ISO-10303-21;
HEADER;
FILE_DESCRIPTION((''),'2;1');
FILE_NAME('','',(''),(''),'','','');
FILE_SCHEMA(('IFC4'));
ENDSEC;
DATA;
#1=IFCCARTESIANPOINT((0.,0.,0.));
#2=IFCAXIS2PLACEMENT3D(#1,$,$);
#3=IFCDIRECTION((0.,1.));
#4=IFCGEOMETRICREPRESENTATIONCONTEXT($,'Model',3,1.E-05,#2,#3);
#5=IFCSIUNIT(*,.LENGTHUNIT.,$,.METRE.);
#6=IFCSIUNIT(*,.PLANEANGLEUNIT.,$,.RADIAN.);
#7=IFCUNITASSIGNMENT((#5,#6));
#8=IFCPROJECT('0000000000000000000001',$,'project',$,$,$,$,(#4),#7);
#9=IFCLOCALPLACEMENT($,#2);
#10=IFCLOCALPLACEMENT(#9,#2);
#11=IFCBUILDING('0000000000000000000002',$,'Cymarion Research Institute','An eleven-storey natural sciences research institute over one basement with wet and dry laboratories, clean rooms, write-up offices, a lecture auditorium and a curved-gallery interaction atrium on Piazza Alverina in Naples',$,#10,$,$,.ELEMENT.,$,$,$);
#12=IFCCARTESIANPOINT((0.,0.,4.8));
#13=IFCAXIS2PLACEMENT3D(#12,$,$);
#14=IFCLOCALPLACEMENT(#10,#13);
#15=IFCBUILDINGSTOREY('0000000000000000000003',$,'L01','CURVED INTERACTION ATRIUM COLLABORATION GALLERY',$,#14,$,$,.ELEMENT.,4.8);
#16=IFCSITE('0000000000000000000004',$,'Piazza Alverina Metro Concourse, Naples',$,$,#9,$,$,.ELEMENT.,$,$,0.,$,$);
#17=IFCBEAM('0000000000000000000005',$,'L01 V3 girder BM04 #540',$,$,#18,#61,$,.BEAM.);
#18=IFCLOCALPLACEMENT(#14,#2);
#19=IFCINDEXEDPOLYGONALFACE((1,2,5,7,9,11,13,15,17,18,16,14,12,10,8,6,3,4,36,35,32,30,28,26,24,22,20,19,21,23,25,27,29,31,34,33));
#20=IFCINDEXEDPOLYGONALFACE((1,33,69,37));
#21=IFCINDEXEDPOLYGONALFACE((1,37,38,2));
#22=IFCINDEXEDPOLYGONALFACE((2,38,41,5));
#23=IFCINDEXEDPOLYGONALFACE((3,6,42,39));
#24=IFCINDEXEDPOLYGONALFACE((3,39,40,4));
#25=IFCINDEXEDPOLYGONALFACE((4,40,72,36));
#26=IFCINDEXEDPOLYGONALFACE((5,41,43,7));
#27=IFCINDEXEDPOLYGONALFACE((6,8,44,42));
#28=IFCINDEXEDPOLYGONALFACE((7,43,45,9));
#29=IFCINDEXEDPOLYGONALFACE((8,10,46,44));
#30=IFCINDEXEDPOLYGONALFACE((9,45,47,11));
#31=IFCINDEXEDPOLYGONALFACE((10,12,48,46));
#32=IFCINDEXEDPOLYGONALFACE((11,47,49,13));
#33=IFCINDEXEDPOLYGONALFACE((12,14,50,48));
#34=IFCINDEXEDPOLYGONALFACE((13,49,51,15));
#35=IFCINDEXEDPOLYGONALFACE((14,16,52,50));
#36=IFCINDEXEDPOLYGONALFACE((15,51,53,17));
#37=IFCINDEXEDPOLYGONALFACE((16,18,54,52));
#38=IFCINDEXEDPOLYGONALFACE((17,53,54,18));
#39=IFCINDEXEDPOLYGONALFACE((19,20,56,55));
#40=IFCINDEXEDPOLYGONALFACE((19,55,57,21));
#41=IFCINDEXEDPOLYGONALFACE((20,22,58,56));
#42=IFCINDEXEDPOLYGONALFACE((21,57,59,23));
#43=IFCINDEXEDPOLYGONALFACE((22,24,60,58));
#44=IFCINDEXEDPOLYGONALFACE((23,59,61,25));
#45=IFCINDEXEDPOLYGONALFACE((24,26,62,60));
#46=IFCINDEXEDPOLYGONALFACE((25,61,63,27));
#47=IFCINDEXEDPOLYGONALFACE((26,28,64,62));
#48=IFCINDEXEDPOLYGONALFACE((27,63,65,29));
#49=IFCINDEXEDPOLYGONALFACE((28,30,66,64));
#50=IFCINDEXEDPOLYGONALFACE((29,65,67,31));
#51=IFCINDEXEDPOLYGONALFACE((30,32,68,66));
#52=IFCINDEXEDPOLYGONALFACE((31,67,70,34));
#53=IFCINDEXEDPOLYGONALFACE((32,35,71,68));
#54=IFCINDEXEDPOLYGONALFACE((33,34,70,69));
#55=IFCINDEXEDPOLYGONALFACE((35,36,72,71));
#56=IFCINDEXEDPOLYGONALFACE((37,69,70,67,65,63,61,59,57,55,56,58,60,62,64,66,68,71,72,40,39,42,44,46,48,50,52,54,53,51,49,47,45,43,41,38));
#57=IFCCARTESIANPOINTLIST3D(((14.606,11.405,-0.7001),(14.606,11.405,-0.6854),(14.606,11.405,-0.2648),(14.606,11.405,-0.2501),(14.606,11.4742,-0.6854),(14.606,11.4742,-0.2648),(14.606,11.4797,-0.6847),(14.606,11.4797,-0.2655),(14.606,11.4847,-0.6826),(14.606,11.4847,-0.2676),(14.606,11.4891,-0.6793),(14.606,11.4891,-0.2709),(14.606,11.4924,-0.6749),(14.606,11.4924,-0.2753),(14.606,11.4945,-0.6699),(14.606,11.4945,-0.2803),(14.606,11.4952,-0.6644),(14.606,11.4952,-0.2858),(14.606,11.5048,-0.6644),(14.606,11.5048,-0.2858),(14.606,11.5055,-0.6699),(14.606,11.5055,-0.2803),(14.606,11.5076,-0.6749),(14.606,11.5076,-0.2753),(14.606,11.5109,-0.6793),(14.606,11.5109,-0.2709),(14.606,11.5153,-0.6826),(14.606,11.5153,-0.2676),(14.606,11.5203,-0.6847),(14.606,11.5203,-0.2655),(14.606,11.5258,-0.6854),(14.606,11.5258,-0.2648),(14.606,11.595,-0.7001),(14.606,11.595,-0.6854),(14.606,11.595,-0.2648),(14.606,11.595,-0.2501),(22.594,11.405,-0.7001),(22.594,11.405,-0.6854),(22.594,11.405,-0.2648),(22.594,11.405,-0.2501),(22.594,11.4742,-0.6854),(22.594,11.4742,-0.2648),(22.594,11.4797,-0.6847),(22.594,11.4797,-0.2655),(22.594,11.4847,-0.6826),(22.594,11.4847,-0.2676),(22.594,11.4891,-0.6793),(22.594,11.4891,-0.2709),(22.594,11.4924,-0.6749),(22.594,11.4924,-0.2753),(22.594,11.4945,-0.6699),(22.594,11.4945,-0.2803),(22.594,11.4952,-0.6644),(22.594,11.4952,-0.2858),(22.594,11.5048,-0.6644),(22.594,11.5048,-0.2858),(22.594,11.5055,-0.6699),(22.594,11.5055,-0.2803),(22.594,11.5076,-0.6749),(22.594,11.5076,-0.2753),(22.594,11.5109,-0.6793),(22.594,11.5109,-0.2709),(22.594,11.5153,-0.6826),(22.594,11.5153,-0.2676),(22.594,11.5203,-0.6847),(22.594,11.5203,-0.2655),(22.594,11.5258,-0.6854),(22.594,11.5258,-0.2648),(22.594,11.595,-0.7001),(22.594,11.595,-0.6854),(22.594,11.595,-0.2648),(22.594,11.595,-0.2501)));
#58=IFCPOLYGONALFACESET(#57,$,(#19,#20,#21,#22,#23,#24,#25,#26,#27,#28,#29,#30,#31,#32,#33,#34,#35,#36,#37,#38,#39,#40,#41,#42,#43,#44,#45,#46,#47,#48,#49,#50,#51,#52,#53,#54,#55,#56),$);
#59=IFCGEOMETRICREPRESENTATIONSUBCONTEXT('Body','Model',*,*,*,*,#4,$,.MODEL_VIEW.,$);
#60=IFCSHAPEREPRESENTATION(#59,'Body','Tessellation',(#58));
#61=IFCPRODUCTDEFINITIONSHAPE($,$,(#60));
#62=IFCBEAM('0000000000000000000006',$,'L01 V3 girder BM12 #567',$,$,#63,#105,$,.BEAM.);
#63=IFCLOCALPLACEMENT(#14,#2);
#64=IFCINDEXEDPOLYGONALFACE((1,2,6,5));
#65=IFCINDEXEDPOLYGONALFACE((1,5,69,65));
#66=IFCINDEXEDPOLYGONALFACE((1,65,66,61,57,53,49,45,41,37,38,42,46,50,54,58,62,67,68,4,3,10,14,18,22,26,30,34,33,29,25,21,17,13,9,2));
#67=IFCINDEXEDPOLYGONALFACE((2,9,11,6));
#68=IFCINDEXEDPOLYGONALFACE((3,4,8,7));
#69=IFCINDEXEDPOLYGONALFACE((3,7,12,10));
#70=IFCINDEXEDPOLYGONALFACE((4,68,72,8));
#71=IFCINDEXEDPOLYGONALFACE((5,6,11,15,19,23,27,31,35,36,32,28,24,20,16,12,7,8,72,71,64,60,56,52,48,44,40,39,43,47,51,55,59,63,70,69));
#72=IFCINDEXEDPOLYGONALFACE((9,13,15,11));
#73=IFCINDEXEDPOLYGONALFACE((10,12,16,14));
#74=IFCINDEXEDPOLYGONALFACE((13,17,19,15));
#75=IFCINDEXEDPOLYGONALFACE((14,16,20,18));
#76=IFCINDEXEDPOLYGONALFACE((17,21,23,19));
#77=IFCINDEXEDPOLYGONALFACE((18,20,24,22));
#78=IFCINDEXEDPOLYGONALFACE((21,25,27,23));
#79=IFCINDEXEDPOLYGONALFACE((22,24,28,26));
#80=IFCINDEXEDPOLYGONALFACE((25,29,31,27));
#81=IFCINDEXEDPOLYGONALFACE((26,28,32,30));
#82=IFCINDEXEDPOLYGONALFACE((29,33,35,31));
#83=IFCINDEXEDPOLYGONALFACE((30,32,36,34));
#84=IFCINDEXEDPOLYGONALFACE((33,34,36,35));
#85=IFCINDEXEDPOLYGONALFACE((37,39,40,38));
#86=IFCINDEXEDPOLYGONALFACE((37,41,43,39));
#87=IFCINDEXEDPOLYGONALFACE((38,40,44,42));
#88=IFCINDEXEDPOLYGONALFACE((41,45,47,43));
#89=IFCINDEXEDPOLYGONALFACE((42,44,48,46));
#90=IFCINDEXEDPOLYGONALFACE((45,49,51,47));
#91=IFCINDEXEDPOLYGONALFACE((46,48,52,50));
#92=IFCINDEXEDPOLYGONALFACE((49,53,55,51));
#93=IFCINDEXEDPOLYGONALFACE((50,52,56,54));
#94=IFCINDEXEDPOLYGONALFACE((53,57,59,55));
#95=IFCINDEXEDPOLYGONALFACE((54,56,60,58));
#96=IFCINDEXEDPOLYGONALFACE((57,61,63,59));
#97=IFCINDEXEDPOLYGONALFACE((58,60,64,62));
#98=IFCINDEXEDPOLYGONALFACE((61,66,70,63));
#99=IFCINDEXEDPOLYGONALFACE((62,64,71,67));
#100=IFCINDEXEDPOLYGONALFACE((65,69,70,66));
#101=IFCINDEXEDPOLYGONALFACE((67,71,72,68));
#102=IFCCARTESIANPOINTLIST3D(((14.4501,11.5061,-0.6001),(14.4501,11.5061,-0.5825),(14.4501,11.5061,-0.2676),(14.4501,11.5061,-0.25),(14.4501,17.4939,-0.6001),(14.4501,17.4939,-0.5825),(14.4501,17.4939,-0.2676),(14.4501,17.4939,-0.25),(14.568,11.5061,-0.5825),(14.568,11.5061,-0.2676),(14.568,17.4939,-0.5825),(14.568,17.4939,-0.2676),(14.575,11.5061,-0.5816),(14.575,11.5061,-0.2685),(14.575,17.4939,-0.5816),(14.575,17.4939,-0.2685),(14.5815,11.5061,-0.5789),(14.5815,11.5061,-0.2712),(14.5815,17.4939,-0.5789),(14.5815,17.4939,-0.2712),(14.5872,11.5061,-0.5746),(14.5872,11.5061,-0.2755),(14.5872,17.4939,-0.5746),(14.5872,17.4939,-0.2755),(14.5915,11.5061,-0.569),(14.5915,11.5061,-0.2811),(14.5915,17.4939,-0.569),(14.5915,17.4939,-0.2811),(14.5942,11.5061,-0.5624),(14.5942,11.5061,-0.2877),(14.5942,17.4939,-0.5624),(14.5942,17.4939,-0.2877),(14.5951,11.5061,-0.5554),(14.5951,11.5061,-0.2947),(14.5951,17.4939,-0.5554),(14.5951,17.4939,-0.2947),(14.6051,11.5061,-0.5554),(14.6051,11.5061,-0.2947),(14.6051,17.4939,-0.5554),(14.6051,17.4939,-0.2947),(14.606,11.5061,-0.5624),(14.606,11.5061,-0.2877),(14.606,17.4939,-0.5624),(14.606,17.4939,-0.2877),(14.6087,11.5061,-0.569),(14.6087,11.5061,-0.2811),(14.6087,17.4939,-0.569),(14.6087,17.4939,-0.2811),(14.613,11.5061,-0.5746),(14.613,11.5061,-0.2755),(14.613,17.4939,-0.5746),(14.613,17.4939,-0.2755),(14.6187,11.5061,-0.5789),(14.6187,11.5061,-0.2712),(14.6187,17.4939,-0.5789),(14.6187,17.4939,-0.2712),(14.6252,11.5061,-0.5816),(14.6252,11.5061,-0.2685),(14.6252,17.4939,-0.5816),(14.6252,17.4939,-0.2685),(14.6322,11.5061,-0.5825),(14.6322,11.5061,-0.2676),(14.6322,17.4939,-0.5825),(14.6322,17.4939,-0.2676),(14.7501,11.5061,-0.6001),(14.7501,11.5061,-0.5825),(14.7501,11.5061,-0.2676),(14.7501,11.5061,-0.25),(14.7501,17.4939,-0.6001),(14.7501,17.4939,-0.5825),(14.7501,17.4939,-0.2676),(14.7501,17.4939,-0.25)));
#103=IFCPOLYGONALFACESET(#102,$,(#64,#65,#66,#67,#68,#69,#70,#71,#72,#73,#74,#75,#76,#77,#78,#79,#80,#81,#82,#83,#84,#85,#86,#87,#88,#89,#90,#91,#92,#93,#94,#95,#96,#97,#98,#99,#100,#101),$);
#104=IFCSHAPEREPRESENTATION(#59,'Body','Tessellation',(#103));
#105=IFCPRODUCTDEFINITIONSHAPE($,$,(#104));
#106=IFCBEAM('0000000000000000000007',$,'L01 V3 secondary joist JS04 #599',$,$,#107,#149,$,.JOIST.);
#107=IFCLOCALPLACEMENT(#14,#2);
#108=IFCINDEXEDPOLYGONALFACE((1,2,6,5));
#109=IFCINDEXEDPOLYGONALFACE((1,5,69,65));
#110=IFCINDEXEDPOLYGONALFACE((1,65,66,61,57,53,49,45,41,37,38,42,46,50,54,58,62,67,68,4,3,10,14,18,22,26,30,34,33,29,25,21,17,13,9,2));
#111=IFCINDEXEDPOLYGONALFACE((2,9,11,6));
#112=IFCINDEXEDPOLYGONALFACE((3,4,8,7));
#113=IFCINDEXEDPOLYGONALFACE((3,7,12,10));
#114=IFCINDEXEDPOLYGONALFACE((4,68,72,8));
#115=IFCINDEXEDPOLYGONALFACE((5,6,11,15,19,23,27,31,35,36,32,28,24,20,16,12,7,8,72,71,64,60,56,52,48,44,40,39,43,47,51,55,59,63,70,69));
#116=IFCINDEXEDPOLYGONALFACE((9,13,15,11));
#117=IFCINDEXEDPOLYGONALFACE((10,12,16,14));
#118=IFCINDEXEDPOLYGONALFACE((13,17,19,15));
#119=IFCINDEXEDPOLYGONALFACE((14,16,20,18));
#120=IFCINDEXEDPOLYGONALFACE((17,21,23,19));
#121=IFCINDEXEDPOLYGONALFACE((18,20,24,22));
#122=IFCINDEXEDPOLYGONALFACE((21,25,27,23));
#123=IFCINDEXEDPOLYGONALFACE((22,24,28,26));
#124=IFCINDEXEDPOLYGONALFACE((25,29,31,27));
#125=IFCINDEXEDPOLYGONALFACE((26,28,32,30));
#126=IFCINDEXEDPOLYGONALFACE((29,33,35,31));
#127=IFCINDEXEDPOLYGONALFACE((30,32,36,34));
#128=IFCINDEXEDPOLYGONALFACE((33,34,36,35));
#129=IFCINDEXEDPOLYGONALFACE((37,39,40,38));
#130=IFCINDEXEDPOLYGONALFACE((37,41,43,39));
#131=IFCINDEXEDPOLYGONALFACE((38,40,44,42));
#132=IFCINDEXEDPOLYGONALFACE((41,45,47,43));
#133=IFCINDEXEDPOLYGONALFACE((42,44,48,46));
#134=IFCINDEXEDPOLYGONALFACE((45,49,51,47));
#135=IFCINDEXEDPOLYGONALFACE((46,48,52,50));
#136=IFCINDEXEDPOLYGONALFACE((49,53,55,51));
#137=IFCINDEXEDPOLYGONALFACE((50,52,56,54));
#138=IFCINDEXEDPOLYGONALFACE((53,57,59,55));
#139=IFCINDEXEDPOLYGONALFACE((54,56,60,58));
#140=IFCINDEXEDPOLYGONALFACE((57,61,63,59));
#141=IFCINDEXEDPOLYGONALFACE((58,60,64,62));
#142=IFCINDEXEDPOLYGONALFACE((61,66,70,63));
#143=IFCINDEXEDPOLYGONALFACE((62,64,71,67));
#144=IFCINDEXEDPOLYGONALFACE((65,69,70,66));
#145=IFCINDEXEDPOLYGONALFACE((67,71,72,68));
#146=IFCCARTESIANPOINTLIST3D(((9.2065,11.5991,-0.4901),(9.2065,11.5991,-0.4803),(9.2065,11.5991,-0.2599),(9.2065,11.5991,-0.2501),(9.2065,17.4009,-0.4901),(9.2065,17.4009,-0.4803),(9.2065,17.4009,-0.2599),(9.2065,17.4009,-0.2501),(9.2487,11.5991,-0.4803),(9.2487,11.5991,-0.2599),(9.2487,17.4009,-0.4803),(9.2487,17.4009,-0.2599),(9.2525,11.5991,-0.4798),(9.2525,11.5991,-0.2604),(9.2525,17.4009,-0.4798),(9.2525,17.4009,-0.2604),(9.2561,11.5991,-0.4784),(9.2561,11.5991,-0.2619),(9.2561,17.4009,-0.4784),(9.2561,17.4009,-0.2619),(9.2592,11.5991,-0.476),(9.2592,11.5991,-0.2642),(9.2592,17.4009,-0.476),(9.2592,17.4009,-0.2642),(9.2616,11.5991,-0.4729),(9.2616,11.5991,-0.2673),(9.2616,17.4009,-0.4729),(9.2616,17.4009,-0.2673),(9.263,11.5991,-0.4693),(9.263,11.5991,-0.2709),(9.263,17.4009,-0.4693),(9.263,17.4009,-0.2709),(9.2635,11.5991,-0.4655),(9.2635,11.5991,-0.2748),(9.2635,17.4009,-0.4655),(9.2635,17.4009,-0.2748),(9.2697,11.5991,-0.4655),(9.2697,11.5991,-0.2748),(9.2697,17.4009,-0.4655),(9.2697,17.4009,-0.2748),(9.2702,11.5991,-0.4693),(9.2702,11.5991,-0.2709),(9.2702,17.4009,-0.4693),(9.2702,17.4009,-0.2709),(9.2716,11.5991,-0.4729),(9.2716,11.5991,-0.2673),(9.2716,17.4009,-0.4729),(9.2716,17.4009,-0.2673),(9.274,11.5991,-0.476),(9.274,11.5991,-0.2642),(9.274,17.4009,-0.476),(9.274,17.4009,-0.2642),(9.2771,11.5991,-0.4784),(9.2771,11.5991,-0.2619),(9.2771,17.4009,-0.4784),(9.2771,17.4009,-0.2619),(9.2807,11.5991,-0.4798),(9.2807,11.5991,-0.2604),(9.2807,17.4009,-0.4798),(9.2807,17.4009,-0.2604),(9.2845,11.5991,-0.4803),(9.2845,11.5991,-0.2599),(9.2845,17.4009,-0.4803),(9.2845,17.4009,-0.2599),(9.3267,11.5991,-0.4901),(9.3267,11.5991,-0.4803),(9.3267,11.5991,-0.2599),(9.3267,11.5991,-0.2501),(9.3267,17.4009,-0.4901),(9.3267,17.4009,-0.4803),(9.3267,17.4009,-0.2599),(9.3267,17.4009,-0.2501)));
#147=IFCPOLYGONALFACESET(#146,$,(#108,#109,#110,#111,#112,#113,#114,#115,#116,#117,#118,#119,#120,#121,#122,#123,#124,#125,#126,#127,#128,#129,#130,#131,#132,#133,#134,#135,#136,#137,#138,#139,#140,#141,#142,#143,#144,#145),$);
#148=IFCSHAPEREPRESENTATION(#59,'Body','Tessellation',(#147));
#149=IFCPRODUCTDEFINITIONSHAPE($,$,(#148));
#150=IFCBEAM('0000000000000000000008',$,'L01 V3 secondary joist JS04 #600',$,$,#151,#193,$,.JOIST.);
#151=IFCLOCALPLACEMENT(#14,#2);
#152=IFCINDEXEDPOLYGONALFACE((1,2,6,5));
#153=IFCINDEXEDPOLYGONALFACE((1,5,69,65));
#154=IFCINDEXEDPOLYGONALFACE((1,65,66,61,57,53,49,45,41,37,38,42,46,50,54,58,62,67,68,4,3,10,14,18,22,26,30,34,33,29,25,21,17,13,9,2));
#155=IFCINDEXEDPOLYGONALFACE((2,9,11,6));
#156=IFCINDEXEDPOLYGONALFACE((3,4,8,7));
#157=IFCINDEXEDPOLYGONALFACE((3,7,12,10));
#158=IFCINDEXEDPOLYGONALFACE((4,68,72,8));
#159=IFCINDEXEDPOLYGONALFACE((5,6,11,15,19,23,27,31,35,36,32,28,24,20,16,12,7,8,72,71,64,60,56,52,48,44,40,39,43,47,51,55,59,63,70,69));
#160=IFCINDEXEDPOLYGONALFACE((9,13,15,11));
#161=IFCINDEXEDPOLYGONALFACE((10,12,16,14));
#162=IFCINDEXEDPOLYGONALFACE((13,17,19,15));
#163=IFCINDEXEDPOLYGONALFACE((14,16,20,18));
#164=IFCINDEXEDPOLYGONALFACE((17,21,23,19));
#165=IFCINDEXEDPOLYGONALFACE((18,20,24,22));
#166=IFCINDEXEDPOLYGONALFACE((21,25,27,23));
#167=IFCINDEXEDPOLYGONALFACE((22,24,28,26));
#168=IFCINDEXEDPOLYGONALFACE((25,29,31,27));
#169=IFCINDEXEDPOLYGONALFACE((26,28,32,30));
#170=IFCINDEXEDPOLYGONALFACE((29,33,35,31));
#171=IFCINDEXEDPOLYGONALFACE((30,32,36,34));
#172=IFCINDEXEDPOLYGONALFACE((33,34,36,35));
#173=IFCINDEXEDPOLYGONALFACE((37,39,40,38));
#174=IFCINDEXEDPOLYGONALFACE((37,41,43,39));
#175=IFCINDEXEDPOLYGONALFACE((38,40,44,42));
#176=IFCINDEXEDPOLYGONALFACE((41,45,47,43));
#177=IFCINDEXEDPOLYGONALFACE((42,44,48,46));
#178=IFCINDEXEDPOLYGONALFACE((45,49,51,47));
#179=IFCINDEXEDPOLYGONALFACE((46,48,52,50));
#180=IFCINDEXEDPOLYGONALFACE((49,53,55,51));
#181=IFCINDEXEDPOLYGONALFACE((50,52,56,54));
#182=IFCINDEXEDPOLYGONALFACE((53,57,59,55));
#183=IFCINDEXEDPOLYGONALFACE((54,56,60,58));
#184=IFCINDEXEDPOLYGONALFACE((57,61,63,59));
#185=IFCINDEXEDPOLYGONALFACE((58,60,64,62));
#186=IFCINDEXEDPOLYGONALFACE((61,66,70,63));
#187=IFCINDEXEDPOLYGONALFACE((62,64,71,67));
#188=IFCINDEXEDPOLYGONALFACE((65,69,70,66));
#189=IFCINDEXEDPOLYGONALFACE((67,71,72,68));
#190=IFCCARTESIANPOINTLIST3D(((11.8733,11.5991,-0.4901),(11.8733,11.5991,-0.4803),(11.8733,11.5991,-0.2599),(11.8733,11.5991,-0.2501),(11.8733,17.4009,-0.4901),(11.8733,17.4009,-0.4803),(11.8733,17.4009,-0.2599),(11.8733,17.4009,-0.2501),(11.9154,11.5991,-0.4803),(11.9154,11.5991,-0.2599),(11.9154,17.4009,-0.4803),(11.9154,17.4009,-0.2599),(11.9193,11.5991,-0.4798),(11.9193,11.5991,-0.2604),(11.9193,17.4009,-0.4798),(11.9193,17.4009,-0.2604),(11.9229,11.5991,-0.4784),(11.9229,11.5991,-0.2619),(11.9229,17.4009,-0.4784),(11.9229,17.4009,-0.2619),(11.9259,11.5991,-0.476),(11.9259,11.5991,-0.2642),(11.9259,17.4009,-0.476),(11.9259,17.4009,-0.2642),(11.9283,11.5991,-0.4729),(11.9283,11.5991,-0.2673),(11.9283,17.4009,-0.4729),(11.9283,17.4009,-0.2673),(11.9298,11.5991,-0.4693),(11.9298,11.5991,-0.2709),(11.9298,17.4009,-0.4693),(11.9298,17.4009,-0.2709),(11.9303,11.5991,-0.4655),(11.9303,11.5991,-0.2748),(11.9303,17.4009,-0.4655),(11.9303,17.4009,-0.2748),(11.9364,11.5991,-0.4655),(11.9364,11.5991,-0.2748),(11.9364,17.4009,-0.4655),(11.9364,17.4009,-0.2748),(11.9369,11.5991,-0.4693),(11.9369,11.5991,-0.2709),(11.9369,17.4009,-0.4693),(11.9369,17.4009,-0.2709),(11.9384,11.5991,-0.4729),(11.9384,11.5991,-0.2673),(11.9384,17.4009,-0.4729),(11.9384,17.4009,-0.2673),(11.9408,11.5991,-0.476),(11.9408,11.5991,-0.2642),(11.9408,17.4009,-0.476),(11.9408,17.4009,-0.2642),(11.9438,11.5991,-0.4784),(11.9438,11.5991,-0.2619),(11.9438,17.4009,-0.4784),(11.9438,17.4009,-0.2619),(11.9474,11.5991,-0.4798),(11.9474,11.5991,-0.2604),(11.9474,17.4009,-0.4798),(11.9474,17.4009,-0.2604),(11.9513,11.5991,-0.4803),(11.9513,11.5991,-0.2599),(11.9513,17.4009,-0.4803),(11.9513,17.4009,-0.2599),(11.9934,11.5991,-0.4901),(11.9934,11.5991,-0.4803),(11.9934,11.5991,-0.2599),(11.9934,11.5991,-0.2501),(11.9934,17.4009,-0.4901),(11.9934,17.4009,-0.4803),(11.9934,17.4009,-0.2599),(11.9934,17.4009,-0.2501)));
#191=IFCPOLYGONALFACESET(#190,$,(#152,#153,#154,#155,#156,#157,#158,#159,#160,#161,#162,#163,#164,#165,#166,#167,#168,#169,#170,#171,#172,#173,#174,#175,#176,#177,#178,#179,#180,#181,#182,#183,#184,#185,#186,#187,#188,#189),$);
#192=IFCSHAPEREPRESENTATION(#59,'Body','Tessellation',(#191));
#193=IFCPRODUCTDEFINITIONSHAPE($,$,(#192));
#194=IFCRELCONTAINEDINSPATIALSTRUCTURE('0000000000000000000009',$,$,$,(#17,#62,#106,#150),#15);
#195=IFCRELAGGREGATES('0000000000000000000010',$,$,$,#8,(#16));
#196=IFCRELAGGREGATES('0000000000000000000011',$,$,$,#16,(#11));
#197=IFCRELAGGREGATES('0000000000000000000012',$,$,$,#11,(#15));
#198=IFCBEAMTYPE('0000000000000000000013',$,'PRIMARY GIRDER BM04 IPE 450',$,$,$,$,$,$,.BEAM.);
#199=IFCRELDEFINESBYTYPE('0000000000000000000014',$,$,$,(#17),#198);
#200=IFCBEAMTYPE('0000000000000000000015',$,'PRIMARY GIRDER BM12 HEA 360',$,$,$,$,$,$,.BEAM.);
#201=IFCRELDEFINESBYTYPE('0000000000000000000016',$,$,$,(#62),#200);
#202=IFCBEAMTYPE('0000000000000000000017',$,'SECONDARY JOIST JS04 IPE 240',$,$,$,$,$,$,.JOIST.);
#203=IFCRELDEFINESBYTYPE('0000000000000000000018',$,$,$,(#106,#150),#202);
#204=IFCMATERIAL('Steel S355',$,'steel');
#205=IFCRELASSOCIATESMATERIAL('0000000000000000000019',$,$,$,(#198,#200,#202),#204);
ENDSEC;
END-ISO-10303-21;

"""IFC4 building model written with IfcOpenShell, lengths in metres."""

from ifc_helpers import new_model, si_unit, direction, frame, origin, origin_2d, place, context, subcontext, project, spatial, i_section, extrude, material, material_profile, profile_set, type_object, element, save


model = new_model("IFC4")

# Units and contexts
model_context = context("Model", 3, precision=1e-05, world=origin(), true_north=direction((0.0, 1.0)))
body_context = subcontext(model_context, "Body", "Model", "MODEL_VIEW")
ifc_project = project(units=[si_unit("LENGTHUNIT", "METRE"), si_unit("PLANEANGLEUNIT", "RADIAN")], contexts=[model_context])

# Site, building, storey
site_placement = place(None, origin())
site = spatial("IfcSite", under=ifc_project, at=site_placement, Name="Piazza Alverina Metro Concourse, Naples", CompositionType="ELEMENT", RefElevation=0.0)
building_placement = place(site_placement, origin())
building = spatial("IfcBuilding", under=site, at=building_placement, Name="Cymarion Research Institute", Description="An eleven-storey natural sciences research institute over one basement with wet and dry laboratories, clean rooms, write-up offices, a lecture auditorium and a curved-gallery interaction atrium on Piazza Alverina in Naples", CompositionType="ELEMENT")
storey_placement = place(building_placement, frame((0.0, 0.0, 4.8)))
storey = spatial("IfcBuildingStorey", under=building, at=storey_placement, Name="L01", Description="CURVED INTERACTION ATRIUM COLLABORATION GALLERY", CompositionType="ELEMENT", Elevation=4.8)

# Shared definitions
ifc_material_1 = material(Name="Steel S355", Category="steel")

# Beams
ifc_material_profile_1 = material_profile(ifc_material_1, i_section(OverallWidth=0.1899, OverallDepth=0.45, WebThickness=0.0095, FlangeThickness=0.0146, FilletRadius=0.021, at=origin_2d()), Name="IPE 450")
ifc_profile_set_1 = profile_set([ifc_material_profile_1], Name="Steel S355")
beam_type_1 = type_object("IfcBeamType", Name="PRIMARY GIRDER BM04 IPE 450", PredefinedType="BEAM", material=ifc_profile_set_1)
for number, where, z_axis, x_axis, name in (
    (1, (14.606, 11.5, -0.4751), (1.0, 0.0, 0.0), (0.0, 1.0, 0.0), "L01 V3 girder BM04 #540"),
):
    element("IfcBeam", number, at=place(storey_placement, frame(where, z_axis=z_axis, x_axis=x_axis)), inside=storey, type_object=beam_type_1, Name=name, PredefinedType="BEAM", context=body_context, shape_type="SweptSolid", body=[
        extrude(i_section(OverallWidth=0.1899, OverallDepth=0.45, WebThickness=0.0095, FlangeThickness=0.0146, FilletRadius=0.021, at=origin_2d()), origin(), (0.0, 0.0, 1.0), 7.988),
    ])
ifc_material_profile_2 = material_profile(ifc_material_1, i_section(OverallWidth=0.3, OverallDepth=0.3501, WebThickness=0.01, FlangeThickness=0.0176, FilletRadius=0.0271, at=origin_2d()), Name="HEA 360")
ifc_profile_set_2 = profile_set([ifc_material_profile_2], Name="Steel S355")
beam_type_2 = type_object("IfcBeamType", Name="PRIMARY GIRDER BM12 HEA 360", PredefinedType="BEAM", material=ifc_profile_set_2)
beam_1_placement = place(storey_placement, frame((14.6001, 11.5061, -0.425), z_axis=(0.0, 1.0, 0.0), x_axis=(-1.0, 0.0, 0.0)))
element("IfcBeam", 2, at=beam_1_placement, inside=storey, type_object=beam_type_2, Name="L01 V3 girder BM12 #567", PredefinedType="BEAM", context=body_context, shape_type="SweptSolid", body=[
    extrude(i_section(OverallWidth=0.3, OverallDepth=0.3501, WebThickness=0.01, FlangeThickness=0.0176, FilletRadius=0.0271, at=origin_2d()), origin(), (0.0, 0.0, 1.0), 5.9878),
])
ifc_material_profile_3 = material_profile(ifc_material_1, i_section(OverallWidth=0.1201, OverallDepth=0.24, WebThickness=0.0061, FlangeThickness=0.0098, FilletRadius=0.0149, at=origin_2d()), Name="IPE 240")
ifc_profile_set_3 = profile_set([ifc_material_profile_3], Name="Steel S355")
beam_type_3 = type_object("IfcBeamType", Name="SECONDARY JOIST JS04 IPE 240", PredefinedType="JOIST", material=ifc_profile_set_3)
for number, where, z_axis, x_axis, name in (
    (3, (9.2666, 11.5991, -0.3701), (0.0, 1.0, 0.0), (-1.0, 0.0, 0.0), "L01 V3 secondary joist JS04 #599"),
    (4, (11.9333, 11.5991, -0.3701), (0.0, 1.0, 0.0), (-1.0, 0.0, 0.0), "L01 V3 secondary joist JS04 #600"),
):
    element("IfcBeam", number, at=place(storey_placement, frame(where, z_axis=z_axis, x_axis=x_axis)), inside=storey, type_object=beam_type_3, Name=name, PredefinedType="JOIST", context=body_context, shape_type="SweptSolid", body=[
        extrude(i_section(OverallWidth=0.1201, OverallDepth=0.24, WebThickness=0.0061, FlangeThickness=0.0098, FilletRadius=0.0149, at=origin_2d()), origin(), (0.0, 0.0, 1.0), 5.8018),
    ])

save(model, "model.ifc")
